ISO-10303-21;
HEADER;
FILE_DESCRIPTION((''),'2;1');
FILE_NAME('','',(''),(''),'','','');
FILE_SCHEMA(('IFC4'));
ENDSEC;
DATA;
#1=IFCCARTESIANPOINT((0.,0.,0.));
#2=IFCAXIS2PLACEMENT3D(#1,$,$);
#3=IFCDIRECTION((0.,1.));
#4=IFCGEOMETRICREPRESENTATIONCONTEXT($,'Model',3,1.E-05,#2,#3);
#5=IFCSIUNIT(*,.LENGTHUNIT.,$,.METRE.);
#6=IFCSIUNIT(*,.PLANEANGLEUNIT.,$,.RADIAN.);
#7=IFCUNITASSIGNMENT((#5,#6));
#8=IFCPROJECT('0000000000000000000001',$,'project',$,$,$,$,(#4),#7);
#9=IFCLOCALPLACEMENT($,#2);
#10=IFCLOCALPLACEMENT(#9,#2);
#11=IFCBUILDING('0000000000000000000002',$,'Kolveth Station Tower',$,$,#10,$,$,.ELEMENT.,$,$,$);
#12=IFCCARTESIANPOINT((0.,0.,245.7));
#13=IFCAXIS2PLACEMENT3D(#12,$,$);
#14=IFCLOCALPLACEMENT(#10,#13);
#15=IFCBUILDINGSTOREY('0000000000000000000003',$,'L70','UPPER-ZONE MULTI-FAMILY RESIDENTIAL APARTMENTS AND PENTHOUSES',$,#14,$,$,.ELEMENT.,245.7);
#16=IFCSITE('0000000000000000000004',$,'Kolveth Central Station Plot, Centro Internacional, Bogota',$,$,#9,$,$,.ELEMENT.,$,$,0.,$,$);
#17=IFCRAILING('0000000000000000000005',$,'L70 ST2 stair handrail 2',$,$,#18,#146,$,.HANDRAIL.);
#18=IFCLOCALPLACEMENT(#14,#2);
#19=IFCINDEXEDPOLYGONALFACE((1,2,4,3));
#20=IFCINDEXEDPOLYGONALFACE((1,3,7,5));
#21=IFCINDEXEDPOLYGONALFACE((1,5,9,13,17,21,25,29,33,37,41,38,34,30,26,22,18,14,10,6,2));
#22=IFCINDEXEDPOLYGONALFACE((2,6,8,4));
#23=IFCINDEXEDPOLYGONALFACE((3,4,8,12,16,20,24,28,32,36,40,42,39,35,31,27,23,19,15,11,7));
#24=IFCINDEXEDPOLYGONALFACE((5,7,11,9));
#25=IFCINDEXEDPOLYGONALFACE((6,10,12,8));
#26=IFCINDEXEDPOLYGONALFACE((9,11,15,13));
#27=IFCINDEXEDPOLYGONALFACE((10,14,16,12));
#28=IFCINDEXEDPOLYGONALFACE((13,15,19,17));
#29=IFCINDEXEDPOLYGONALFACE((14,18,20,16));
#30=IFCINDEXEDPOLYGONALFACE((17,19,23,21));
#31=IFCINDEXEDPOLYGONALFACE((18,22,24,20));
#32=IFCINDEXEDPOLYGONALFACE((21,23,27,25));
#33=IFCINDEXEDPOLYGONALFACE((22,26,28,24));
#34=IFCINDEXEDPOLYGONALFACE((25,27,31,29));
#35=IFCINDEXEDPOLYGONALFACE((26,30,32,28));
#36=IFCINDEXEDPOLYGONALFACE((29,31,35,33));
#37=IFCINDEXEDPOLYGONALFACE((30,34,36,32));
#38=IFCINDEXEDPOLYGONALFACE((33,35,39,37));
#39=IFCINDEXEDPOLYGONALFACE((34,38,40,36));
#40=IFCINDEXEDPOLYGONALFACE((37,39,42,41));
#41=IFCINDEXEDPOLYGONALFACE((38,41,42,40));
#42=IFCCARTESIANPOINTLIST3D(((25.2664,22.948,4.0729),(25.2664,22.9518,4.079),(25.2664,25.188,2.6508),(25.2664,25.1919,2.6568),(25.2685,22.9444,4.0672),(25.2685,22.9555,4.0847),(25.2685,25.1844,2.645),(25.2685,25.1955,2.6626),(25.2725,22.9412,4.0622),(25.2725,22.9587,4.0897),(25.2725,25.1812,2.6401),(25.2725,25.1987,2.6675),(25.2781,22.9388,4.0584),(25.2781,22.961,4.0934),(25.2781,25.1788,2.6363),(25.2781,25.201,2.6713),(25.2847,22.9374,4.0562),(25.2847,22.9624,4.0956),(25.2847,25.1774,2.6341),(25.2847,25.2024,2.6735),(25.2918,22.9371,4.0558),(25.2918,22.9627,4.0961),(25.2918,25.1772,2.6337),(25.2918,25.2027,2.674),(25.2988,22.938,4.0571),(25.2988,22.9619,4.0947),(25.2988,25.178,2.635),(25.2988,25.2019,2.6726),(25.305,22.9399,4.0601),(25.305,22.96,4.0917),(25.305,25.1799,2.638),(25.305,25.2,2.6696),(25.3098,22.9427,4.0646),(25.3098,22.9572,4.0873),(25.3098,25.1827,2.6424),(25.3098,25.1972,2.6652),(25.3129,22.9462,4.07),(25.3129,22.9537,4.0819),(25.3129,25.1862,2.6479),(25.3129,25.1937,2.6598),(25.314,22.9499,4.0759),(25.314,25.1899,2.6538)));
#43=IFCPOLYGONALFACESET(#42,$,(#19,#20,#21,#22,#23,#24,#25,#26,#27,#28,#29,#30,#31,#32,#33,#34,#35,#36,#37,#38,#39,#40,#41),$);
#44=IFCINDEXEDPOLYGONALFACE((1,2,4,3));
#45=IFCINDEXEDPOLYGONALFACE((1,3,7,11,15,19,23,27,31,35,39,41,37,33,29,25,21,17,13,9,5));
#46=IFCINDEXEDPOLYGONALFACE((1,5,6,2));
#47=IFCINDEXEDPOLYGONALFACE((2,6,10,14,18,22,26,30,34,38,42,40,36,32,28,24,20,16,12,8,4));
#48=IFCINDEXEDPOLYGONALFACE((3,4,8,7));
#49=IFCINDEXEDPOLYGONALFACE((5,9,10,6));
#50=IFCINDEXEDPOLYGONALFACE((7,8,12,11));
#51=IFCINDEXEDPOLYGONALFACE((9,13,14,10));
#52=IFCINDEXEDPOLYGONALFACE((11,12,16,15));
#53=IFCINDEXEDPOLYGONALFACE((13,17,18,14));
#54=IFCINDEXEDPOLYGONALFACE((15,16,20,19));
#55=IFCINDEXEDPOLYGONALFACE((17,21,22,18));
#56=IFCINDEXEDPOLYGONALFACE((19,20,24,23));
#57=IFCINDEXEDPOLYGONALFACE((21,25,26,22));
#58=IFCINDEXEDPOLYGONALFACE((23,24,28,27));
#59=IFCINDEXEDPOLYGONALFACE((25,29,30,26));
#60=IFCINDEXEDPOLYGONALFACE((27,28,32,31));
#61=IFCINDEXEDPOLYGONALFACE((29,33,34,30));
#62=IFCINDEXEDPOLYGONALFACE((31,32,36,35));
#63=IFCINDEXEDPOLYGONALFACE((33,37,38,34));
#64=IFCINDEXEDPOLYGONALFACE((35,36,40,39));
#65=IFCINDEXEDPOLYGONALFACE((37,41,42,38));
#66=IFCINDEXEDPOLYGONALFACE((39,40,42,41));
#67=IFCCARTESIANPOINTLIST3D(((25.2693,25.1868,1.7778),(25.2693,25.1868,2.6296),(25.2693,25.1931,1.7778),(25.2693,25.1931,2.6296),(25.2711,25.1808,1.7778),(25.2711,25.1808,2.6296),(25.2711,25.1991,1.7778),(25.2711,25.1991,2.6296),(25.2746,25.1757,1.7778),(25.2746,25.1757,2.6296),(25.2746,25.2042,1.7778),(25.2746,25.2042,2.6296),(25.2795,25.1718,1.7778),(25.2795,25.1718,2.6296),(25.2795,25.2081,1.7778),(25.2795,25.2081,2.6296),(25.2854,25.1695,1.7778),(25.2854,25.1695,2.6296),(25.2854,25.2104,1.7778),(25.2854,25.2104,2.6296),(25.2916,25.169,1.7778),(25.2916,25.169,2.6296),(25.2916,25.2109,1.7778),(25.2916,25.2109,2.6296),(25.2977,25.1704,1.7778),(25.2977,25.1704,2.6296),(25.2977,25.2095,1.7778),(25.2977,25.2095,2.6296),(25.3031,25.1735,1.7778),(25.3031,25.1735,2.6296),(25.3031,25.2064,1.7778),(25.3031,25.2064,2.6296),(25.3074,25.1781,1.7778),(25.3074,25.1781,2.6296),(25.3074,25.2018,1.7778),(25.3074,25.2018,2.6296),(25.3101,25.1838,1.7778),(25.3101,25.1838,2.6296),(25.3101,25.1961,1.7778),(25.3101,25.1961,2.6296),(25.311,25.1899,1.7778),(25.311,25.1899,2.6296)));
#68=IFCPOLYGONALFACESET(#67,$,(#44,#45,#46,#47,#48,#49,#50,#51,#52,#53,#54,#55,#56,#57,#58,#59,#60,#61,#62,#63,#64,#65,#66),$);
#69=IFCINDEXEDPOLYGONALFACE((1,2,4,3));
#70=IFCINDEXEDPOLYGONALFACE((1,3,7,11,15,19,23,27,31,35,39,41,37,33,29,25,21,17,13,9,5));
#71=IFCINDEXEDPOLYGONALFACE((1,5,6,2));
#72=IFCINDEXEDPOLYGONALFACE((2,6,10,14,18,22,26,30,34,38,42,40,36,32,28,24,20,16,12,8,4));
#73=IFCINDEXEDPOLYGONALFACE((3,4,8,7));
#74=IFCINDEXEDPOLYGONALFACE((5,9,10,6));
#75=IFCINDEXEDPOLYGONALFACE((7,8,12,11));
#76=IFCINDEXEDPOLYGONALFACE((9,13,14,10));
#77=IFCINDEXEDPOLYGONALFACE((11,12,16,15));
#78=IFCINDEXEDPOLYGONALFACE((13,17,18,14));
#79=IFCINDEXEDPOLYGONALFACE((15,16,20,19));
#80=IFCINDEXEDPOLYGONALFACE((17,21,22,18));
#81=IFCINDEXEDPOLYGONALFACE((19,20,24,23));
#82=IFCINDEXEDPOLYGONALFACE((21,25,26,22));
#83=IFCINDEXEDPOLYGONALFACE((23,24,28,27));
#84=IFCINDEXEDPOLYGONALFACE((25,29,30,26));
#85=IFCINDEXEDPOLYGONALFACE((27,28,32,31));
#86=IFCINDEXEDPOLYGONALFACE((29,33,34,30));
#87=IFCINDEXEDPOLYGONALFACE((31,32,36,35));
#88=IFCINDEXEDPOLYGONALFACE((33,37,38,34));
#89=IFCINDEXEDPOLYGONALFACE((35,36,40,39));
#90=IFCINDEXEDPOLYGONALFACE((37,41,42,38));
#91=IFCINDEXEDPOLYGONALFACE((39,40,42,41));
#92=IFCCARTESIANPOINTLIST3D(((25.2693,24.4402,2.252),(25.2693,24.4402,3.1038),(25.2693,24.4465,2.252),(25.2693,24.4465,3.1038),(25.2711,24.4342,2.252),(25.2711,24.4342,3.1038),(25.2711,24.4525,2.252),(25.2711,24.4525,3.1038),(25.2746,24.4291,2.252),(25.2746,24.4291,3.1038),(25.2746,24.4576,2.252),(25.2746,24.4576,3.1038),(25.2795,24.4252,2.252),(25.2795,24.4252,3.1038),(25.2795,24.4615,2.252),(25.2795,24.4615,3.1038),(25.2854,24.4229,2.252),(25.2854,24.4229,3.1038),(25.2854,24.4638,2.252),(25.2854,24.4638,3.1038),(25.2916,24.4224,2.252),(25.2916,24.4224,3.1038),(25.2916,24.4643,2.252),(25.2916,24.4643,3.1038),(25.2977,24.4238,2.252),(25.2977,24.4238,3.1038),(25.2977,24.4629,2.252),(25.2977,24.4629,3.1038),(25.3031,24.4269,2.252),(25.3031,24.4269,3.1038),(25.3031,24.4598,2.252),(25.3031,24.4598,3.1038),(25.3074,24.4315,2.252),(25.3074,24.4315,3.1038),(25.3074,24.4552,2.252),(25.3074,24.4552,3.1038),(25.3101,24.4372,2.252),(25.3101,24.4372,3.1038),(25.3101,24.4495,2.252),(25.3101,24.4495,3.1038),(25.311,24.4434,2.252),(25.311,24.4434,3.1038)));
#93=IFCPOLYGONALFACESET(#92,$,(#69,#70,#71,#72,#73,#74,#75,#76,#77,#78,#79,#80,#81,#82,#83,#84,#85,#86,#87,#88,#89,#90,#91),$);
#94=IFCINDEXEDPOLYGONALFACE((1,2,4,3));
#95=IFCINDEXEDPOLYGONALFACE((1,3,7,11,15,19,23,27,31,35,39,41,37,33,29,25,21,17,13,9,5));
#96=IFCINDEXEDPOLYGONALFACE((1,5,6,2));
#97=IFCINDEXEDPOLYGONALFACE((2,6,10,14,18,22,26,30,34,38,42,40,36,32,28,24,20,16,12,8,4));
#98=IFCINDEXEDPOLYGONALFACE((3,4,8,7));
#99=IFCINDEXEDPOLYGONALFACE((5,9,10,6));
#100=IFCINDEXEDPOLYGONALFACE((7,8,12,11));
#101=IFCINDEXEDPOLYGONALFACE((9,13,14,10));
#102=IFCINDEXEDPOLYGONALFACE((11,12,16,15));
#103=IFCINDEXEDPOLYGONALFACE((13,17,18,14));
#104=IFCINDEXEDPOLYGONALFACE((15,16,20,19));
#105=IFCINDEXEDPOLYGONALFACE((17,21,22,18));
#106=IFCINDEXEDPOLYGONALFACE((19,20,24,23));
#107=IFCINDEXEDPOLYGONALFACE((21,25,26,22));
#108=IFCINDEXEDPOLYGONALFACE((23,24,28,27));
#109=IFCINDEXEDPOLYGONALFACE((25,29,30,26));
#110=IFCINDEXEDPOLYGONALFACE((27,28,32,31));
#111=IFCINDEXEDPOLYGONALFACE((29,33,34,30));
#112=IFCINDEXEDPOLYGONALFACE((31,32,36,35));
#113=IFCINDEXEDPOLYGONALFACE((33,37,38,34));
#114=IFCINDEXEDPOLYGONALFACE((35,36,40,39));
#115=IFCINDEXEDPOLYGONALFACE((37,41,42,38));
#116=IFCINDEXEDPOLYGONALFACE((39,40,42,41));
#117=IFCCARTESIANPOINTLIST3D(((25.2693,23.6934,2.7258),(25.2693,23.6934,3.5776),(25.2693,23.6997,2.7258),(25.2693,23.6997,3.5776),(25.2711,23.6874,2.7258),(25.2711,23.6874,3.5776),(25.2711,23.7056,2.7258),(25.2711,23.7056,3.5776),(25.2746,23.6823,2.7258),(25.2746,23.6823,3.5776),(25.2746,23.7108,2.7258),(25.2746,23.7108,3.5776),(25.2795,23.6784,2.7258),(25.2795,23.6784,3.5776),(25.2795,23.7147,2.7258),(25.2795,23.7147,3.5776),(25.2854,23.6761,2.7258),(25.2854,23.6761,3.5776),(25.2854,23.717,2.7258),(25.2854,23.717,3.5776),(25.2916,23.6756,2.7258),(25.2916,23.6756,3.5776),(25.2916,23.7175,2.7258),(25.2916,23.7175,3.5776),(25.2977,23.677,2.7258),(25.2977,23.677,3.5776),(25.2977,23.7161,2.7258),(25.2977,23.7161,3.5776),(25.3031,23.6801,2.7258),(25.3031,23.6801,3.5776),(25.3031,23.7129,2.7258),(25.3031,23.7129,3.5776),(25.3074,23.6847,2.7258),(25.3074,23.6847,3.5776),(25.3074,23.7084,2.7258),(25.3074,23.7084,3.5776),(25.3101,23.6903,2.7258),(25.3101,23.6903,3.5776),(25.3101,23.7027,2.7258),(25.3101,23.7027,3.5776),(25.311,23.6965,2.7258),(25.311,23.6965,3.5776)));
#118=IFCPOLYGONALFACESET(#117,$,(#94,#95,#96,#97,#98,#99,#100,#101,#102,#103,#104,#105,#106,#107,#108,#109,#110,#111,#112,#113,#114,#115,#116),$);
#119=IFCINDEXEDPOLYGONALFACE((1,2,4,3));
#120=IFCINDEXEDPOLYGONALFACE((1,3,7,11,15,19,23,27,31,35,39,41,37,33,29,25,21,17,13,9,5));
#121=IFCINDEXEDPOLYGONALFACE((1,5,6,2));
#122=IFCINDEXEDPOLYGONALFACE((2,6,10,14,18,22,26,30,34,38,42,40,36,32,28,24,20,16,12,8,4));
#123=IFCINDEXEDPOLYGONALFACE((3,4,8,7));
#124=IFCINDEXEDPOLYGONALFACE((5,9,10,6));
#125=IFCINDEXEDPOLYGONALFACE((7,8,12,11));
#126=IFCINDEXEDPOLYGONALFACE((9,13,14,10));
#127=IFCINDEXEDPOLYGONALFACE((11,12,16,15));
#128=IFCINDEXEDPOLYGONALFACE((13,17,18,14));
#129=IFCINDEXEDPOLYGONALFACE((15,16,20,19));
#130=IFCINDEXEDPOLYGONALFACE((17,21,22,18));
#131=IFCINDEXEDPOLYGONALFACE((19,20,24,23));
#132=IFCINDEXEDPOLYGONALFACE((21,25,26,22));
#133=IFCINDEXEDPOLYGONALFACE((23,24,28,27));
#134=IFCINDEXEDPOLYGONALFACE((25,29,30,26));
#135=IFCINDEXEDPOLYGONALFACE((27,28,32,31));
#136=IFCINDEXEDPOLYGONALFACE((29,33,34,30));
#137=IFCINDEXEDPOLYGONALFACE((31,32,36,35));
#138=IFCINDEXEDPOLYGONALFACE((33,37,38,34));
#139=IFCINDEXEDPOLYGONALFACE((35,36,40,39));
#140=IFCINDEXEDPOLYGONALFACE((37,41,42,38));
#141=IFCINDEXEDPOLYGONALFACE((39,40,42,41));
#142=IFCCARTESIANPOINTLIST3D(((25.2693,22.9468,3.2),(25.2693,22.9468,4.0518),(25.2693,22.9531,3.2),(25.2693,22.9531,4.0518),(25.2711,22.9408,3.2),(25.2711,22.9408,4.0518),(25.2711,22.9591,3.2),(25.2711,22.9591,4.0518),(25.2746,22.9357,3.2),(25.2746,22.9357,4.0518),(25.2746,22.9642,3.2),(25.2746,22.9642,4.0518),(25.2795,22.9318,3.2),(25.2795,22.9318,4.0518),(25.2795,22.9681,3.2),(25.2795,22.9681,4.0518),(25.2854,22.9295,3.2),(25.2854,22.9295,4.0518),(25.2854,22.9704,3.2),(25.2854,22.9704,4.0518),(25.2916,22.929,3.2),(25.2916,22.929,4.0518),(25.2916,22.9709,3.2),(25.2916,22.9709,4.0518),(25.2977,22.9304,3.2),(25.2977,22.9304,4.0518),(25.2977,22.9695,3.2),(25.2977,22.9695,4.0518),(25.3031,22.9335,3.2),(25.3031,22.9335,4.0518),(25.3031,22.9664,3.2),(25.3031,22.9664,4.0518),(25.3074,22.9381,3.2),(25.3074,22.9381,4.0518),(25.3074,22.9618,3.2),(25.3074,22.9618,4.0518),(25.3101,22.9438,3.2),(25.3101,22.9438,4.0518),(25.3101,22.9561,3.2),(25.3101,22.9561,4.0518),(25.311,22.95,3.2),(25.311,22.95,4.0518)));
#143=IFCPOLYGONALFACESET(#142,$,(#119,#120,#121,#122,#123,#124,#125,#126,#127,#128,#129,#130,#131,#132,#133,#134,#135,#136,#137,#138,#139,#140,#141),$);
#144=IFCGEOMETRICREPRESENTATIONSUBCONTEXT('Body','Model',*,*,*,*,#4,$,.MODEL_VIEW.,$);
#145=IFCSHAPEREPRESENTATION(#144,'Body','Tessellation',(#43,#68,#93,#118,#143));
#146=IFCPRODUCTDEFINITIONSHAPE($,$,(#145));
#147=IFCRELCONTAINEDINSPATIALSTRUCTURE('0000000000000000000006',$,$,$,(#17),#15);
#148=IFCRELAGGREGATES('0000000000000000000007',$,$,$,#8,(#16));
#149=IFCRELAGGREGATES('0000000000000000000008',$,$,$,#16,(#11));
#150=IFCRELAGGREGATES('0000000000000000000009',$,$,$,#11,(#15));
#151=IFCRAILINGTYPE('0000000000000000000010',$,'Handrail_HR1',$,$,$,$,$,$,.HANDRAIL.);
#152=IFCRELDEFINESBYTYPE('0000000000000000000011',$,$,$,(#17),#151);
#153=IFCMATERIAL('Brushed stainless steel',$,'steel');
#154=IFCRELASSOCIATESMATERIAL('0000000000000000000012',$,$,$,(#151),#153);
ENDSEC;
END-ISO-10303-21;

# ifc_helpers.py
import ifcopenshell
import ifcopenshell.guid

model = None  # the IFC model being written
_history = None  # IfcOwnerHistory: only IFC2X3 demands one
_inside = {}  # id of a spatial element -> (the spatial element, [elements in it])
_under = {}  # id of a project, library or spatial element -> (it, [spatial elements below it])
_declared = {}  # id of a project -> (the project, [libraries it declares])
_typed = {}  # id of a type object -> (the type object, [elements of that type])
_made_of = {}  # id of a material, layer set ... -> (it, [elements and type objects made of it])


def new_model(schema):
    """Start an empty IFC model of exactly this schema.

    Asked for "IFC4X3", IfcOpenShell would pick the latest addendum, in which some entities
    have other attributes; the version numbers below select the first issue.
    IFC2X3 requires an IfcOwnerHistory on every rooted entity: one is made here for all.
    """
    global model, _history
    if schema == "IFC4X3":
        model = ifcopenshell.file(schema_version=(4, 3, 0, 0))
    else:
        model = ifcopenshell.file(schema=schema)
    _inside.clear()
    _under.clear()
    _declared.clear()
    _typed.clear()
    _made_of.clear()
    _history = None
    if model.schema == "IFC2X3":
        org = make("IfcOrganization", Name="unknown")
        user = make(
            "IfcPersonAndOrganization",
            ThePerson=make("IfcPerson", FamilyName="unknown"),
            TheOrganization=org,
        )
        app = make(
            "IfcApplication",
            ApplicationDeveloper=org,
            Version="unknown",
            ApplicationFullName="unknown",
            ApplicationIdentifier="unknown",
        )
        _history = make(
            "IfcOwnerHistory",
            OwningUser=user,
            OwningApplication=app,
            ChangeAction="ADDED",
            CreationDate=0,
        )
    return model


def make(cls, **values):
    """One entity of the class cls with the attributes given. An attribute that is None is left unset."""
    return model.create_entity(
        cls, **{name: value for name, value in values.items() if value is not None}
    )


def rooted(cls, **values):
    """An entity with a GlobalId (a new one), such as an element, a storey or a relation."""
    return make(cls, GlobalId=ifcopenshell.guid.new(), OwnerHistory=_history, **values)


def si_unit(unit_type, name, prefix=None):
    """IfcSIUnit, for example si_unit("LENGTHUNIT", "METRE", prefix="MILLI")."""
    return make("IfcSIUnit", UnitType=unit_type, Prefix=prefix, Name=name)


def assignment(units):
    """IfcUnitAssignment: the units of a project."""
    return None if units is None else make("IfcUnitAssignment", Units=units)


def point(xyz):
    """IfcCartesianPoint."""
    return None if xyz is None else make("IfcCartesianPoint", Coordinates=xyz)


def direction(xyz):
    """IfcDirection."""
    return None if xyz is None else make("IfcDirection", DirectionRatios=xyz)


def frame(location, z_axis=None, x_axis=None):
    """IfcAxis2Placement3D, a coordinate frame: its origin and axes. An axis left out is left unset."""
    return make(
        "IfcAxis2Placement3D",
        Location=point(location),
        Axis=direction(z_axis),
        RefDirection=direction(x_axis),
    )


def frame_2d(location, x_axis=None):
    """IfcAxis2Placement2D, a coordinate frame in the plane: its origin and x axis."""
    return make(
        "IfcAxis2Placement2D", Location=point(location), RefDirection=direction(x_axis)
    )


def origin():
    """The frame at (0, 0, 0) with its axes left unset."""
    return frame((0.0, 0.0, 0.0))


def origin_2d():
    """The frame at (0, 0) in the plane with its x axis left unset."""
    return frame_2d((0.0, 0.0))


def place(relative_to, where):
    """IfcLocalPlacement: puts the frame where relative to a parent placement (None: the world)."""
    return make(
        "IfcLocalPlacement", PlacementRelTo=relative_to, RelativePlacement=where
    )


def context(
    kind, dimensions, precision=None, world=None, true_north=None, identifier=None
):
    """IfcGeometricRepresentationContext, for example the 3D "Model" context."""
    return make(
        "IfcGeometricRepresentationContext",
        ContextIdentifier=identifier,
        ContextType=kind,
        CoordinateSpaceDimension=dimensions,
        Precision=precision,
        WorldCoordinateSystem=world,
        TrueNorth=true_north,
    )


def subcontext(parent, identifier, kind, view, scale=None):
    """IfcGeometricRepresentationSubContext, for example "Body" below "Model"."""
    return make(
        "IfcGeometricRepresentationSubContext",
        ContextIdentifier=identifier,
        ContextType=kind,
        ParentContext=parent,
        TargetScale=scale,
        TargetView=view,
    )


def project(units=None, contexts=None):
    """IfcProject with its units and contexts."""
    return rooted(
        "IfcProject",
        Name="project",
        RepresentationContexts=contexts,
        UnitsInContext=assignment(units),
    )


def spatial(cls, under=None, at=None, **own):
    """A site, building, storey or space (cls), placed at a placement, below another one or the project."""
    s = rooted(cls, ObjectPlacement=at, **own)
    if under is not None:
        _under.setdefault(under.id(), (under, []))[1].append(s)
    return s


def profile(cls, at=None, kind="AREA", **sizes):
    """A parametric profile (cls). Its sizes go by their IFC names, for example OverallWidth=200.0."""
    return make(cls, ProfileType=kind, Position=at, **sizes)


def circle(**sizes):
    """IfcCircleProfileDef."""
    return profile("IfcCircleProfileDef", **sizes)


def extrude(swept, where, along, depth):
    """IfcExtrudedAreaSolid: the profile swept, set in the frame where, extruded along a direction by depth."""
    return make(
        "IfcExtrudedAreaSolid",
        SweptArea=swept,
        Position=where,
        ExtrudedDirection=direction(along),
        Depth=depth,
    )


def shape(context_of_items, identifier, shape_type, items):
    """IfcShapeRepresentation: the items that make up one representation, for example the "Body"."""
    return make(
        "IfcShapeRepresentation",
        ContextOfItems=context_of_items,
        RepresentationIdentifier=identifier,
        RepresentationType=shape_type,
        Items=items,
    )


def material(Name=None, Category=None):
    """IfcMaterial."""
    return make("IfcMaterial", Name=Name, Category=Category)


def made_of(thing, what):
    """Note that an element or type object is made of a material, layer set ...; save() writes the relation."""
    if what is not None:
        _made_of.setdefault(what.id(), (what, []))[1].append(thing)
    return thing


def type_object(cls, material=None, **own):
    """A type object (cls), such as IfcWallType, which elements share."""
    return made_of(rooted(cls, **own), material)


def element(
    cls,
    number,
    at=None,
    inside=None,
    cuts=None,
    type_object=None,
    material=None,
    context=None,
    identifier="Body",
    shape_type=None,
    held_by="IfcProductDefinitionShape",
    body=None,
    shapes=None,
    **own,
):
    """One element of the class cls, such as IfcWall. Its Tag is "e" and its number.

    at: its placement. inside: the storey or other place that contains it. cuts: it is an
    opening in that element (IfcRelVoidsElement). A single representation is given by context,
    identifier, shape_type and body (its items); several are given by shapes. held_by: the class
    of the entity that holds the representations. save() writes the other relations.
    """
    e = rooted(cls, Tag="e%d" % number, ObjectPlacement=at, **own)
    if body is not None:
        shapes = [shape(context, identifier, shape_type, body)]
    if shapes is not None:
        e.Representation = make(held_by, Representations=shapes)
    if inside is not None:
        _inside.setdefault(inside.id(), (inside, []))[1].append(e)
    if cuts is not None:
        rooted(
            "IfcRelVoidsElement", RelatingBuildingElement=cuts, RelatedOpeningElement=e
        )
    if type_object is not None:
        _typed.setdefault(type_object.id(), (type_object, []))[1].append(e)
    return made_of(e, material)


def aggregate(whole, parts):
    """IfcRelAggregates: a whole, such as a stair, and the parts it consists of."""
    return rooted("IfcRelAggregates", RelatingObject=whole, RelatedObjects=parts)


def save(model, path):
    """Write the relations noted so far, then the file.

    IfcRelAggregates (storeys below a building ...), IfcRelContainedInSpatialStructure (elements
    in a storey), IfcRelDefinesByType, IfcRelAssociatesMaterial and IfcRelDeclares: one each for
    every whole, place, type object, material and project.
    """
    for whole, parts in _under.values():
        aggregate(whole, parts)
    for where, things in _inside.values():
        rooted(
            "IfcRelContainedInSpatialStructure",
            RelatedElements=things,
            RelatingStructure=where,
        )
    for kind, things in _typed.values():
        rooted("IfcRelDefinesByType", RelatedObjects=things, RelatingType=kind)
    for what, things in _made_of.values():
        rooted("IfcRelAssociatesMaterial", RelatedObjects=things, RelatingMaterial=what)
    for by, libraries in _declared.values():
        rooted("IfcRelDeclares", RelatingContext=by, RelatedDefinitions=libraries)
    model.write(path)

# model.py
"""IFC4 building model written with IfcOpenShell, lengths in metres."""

from ifc_helpers import new_model, si_unit, direction, frame, origin, origin_2d, place, context, subcontext, project, spatial, circle, extrude, material, type_object, element, save


model = new_model("IFC4")

# Units and contexts
model_context = context("Model", 3, precision=1e-05, world=origin(), true_north=direction((0.0, 1.0)))
body_context = subcontext(model_context, "Body", "Model", "MODEL_VIEW")
ifc_project = project(units=[si_unit("LENGTHUNIT", "METRE"), si_unit("PLANEANGLEUNIT", "RADIAN")], contexts=[model_context])

# Site, building, storey
site_placement = place(None, origin())
site = spatial("IfcSite", under=ifc_project, at=site_placement, Name="Kolveth Central Station Plot, Centro Internacional, Bogota", CompositionType="ELEMENT", RefElevation=0.0)
building_placement = place(site_placement, origin())
building = spatial("IfcBuilding", under=site, at=building_placement, Name="Kolveth Station Tower", CompositionType="ELEMENT")
storey_placement = place(building_placement, frame((0.0, 0.0, 245.7)))
storey = spatial("IfcBuildingStorey", under=building, at=storey_placement, Name="L70", Description="UPPER-ZONE MULTI-FAMILY RESIDENTIAL APARTMENTS AND PENTHOUSES", CompositionType="ELEMENT", Elevation=245.7)

# Railing
ifc_material_1 = material(Name="Brushed stainless steel", Category="steel")
railing_type_1 = type_object("IfcRailingType", Name="Handrail_HR1", PredefinedType="HANDRAIL", material=ifc_material_1)
railing_1_placement = place(storey_placement, frame((25.29, 25.1899, 1.7778)))
element("IfcRailing", 1, at=railing_1_placement, inside=storey, type_object=railing_type_1, Name="L70 ST2 stair handrail 2", PredefinedType="HANDRAIL", context=body_context, shape_type="SweptSolid", body=[
    extrude(circle(Radius=0.0239, at=origin_2d()), frame((0.0, 0.0, 0.876), z_axis=(0.0, -0.844229, 0.535982), x_axis=(1.0, 0.0, 0.0)), (0.0, 0.0, 1.0), 2.6533),
    extrude(circle(Radius=0.021, at=origin_2d()), origin(), (0.0, 0.0, 1.0), 0.8518),
    extrude(circle(Radius=0.021, at=origin_2d()), frame((0.0, -0.7466, 0.4741)), (0.0, 0.0, 1.0), 0.8518),
    extrude(circle(Radius=0.021, at=origin_2d()), frame((0.0, -1.4934, 0.948)), (0.0, 0.0, 1.0), 0.8518),
    extrude(circle(Radius=0.021, at=origin_2d()), frame((0.0, -2.24, 1.4221)), (0.0, 0.0, 1.0), 0.8518),
])

save(model, "model.ifc")
